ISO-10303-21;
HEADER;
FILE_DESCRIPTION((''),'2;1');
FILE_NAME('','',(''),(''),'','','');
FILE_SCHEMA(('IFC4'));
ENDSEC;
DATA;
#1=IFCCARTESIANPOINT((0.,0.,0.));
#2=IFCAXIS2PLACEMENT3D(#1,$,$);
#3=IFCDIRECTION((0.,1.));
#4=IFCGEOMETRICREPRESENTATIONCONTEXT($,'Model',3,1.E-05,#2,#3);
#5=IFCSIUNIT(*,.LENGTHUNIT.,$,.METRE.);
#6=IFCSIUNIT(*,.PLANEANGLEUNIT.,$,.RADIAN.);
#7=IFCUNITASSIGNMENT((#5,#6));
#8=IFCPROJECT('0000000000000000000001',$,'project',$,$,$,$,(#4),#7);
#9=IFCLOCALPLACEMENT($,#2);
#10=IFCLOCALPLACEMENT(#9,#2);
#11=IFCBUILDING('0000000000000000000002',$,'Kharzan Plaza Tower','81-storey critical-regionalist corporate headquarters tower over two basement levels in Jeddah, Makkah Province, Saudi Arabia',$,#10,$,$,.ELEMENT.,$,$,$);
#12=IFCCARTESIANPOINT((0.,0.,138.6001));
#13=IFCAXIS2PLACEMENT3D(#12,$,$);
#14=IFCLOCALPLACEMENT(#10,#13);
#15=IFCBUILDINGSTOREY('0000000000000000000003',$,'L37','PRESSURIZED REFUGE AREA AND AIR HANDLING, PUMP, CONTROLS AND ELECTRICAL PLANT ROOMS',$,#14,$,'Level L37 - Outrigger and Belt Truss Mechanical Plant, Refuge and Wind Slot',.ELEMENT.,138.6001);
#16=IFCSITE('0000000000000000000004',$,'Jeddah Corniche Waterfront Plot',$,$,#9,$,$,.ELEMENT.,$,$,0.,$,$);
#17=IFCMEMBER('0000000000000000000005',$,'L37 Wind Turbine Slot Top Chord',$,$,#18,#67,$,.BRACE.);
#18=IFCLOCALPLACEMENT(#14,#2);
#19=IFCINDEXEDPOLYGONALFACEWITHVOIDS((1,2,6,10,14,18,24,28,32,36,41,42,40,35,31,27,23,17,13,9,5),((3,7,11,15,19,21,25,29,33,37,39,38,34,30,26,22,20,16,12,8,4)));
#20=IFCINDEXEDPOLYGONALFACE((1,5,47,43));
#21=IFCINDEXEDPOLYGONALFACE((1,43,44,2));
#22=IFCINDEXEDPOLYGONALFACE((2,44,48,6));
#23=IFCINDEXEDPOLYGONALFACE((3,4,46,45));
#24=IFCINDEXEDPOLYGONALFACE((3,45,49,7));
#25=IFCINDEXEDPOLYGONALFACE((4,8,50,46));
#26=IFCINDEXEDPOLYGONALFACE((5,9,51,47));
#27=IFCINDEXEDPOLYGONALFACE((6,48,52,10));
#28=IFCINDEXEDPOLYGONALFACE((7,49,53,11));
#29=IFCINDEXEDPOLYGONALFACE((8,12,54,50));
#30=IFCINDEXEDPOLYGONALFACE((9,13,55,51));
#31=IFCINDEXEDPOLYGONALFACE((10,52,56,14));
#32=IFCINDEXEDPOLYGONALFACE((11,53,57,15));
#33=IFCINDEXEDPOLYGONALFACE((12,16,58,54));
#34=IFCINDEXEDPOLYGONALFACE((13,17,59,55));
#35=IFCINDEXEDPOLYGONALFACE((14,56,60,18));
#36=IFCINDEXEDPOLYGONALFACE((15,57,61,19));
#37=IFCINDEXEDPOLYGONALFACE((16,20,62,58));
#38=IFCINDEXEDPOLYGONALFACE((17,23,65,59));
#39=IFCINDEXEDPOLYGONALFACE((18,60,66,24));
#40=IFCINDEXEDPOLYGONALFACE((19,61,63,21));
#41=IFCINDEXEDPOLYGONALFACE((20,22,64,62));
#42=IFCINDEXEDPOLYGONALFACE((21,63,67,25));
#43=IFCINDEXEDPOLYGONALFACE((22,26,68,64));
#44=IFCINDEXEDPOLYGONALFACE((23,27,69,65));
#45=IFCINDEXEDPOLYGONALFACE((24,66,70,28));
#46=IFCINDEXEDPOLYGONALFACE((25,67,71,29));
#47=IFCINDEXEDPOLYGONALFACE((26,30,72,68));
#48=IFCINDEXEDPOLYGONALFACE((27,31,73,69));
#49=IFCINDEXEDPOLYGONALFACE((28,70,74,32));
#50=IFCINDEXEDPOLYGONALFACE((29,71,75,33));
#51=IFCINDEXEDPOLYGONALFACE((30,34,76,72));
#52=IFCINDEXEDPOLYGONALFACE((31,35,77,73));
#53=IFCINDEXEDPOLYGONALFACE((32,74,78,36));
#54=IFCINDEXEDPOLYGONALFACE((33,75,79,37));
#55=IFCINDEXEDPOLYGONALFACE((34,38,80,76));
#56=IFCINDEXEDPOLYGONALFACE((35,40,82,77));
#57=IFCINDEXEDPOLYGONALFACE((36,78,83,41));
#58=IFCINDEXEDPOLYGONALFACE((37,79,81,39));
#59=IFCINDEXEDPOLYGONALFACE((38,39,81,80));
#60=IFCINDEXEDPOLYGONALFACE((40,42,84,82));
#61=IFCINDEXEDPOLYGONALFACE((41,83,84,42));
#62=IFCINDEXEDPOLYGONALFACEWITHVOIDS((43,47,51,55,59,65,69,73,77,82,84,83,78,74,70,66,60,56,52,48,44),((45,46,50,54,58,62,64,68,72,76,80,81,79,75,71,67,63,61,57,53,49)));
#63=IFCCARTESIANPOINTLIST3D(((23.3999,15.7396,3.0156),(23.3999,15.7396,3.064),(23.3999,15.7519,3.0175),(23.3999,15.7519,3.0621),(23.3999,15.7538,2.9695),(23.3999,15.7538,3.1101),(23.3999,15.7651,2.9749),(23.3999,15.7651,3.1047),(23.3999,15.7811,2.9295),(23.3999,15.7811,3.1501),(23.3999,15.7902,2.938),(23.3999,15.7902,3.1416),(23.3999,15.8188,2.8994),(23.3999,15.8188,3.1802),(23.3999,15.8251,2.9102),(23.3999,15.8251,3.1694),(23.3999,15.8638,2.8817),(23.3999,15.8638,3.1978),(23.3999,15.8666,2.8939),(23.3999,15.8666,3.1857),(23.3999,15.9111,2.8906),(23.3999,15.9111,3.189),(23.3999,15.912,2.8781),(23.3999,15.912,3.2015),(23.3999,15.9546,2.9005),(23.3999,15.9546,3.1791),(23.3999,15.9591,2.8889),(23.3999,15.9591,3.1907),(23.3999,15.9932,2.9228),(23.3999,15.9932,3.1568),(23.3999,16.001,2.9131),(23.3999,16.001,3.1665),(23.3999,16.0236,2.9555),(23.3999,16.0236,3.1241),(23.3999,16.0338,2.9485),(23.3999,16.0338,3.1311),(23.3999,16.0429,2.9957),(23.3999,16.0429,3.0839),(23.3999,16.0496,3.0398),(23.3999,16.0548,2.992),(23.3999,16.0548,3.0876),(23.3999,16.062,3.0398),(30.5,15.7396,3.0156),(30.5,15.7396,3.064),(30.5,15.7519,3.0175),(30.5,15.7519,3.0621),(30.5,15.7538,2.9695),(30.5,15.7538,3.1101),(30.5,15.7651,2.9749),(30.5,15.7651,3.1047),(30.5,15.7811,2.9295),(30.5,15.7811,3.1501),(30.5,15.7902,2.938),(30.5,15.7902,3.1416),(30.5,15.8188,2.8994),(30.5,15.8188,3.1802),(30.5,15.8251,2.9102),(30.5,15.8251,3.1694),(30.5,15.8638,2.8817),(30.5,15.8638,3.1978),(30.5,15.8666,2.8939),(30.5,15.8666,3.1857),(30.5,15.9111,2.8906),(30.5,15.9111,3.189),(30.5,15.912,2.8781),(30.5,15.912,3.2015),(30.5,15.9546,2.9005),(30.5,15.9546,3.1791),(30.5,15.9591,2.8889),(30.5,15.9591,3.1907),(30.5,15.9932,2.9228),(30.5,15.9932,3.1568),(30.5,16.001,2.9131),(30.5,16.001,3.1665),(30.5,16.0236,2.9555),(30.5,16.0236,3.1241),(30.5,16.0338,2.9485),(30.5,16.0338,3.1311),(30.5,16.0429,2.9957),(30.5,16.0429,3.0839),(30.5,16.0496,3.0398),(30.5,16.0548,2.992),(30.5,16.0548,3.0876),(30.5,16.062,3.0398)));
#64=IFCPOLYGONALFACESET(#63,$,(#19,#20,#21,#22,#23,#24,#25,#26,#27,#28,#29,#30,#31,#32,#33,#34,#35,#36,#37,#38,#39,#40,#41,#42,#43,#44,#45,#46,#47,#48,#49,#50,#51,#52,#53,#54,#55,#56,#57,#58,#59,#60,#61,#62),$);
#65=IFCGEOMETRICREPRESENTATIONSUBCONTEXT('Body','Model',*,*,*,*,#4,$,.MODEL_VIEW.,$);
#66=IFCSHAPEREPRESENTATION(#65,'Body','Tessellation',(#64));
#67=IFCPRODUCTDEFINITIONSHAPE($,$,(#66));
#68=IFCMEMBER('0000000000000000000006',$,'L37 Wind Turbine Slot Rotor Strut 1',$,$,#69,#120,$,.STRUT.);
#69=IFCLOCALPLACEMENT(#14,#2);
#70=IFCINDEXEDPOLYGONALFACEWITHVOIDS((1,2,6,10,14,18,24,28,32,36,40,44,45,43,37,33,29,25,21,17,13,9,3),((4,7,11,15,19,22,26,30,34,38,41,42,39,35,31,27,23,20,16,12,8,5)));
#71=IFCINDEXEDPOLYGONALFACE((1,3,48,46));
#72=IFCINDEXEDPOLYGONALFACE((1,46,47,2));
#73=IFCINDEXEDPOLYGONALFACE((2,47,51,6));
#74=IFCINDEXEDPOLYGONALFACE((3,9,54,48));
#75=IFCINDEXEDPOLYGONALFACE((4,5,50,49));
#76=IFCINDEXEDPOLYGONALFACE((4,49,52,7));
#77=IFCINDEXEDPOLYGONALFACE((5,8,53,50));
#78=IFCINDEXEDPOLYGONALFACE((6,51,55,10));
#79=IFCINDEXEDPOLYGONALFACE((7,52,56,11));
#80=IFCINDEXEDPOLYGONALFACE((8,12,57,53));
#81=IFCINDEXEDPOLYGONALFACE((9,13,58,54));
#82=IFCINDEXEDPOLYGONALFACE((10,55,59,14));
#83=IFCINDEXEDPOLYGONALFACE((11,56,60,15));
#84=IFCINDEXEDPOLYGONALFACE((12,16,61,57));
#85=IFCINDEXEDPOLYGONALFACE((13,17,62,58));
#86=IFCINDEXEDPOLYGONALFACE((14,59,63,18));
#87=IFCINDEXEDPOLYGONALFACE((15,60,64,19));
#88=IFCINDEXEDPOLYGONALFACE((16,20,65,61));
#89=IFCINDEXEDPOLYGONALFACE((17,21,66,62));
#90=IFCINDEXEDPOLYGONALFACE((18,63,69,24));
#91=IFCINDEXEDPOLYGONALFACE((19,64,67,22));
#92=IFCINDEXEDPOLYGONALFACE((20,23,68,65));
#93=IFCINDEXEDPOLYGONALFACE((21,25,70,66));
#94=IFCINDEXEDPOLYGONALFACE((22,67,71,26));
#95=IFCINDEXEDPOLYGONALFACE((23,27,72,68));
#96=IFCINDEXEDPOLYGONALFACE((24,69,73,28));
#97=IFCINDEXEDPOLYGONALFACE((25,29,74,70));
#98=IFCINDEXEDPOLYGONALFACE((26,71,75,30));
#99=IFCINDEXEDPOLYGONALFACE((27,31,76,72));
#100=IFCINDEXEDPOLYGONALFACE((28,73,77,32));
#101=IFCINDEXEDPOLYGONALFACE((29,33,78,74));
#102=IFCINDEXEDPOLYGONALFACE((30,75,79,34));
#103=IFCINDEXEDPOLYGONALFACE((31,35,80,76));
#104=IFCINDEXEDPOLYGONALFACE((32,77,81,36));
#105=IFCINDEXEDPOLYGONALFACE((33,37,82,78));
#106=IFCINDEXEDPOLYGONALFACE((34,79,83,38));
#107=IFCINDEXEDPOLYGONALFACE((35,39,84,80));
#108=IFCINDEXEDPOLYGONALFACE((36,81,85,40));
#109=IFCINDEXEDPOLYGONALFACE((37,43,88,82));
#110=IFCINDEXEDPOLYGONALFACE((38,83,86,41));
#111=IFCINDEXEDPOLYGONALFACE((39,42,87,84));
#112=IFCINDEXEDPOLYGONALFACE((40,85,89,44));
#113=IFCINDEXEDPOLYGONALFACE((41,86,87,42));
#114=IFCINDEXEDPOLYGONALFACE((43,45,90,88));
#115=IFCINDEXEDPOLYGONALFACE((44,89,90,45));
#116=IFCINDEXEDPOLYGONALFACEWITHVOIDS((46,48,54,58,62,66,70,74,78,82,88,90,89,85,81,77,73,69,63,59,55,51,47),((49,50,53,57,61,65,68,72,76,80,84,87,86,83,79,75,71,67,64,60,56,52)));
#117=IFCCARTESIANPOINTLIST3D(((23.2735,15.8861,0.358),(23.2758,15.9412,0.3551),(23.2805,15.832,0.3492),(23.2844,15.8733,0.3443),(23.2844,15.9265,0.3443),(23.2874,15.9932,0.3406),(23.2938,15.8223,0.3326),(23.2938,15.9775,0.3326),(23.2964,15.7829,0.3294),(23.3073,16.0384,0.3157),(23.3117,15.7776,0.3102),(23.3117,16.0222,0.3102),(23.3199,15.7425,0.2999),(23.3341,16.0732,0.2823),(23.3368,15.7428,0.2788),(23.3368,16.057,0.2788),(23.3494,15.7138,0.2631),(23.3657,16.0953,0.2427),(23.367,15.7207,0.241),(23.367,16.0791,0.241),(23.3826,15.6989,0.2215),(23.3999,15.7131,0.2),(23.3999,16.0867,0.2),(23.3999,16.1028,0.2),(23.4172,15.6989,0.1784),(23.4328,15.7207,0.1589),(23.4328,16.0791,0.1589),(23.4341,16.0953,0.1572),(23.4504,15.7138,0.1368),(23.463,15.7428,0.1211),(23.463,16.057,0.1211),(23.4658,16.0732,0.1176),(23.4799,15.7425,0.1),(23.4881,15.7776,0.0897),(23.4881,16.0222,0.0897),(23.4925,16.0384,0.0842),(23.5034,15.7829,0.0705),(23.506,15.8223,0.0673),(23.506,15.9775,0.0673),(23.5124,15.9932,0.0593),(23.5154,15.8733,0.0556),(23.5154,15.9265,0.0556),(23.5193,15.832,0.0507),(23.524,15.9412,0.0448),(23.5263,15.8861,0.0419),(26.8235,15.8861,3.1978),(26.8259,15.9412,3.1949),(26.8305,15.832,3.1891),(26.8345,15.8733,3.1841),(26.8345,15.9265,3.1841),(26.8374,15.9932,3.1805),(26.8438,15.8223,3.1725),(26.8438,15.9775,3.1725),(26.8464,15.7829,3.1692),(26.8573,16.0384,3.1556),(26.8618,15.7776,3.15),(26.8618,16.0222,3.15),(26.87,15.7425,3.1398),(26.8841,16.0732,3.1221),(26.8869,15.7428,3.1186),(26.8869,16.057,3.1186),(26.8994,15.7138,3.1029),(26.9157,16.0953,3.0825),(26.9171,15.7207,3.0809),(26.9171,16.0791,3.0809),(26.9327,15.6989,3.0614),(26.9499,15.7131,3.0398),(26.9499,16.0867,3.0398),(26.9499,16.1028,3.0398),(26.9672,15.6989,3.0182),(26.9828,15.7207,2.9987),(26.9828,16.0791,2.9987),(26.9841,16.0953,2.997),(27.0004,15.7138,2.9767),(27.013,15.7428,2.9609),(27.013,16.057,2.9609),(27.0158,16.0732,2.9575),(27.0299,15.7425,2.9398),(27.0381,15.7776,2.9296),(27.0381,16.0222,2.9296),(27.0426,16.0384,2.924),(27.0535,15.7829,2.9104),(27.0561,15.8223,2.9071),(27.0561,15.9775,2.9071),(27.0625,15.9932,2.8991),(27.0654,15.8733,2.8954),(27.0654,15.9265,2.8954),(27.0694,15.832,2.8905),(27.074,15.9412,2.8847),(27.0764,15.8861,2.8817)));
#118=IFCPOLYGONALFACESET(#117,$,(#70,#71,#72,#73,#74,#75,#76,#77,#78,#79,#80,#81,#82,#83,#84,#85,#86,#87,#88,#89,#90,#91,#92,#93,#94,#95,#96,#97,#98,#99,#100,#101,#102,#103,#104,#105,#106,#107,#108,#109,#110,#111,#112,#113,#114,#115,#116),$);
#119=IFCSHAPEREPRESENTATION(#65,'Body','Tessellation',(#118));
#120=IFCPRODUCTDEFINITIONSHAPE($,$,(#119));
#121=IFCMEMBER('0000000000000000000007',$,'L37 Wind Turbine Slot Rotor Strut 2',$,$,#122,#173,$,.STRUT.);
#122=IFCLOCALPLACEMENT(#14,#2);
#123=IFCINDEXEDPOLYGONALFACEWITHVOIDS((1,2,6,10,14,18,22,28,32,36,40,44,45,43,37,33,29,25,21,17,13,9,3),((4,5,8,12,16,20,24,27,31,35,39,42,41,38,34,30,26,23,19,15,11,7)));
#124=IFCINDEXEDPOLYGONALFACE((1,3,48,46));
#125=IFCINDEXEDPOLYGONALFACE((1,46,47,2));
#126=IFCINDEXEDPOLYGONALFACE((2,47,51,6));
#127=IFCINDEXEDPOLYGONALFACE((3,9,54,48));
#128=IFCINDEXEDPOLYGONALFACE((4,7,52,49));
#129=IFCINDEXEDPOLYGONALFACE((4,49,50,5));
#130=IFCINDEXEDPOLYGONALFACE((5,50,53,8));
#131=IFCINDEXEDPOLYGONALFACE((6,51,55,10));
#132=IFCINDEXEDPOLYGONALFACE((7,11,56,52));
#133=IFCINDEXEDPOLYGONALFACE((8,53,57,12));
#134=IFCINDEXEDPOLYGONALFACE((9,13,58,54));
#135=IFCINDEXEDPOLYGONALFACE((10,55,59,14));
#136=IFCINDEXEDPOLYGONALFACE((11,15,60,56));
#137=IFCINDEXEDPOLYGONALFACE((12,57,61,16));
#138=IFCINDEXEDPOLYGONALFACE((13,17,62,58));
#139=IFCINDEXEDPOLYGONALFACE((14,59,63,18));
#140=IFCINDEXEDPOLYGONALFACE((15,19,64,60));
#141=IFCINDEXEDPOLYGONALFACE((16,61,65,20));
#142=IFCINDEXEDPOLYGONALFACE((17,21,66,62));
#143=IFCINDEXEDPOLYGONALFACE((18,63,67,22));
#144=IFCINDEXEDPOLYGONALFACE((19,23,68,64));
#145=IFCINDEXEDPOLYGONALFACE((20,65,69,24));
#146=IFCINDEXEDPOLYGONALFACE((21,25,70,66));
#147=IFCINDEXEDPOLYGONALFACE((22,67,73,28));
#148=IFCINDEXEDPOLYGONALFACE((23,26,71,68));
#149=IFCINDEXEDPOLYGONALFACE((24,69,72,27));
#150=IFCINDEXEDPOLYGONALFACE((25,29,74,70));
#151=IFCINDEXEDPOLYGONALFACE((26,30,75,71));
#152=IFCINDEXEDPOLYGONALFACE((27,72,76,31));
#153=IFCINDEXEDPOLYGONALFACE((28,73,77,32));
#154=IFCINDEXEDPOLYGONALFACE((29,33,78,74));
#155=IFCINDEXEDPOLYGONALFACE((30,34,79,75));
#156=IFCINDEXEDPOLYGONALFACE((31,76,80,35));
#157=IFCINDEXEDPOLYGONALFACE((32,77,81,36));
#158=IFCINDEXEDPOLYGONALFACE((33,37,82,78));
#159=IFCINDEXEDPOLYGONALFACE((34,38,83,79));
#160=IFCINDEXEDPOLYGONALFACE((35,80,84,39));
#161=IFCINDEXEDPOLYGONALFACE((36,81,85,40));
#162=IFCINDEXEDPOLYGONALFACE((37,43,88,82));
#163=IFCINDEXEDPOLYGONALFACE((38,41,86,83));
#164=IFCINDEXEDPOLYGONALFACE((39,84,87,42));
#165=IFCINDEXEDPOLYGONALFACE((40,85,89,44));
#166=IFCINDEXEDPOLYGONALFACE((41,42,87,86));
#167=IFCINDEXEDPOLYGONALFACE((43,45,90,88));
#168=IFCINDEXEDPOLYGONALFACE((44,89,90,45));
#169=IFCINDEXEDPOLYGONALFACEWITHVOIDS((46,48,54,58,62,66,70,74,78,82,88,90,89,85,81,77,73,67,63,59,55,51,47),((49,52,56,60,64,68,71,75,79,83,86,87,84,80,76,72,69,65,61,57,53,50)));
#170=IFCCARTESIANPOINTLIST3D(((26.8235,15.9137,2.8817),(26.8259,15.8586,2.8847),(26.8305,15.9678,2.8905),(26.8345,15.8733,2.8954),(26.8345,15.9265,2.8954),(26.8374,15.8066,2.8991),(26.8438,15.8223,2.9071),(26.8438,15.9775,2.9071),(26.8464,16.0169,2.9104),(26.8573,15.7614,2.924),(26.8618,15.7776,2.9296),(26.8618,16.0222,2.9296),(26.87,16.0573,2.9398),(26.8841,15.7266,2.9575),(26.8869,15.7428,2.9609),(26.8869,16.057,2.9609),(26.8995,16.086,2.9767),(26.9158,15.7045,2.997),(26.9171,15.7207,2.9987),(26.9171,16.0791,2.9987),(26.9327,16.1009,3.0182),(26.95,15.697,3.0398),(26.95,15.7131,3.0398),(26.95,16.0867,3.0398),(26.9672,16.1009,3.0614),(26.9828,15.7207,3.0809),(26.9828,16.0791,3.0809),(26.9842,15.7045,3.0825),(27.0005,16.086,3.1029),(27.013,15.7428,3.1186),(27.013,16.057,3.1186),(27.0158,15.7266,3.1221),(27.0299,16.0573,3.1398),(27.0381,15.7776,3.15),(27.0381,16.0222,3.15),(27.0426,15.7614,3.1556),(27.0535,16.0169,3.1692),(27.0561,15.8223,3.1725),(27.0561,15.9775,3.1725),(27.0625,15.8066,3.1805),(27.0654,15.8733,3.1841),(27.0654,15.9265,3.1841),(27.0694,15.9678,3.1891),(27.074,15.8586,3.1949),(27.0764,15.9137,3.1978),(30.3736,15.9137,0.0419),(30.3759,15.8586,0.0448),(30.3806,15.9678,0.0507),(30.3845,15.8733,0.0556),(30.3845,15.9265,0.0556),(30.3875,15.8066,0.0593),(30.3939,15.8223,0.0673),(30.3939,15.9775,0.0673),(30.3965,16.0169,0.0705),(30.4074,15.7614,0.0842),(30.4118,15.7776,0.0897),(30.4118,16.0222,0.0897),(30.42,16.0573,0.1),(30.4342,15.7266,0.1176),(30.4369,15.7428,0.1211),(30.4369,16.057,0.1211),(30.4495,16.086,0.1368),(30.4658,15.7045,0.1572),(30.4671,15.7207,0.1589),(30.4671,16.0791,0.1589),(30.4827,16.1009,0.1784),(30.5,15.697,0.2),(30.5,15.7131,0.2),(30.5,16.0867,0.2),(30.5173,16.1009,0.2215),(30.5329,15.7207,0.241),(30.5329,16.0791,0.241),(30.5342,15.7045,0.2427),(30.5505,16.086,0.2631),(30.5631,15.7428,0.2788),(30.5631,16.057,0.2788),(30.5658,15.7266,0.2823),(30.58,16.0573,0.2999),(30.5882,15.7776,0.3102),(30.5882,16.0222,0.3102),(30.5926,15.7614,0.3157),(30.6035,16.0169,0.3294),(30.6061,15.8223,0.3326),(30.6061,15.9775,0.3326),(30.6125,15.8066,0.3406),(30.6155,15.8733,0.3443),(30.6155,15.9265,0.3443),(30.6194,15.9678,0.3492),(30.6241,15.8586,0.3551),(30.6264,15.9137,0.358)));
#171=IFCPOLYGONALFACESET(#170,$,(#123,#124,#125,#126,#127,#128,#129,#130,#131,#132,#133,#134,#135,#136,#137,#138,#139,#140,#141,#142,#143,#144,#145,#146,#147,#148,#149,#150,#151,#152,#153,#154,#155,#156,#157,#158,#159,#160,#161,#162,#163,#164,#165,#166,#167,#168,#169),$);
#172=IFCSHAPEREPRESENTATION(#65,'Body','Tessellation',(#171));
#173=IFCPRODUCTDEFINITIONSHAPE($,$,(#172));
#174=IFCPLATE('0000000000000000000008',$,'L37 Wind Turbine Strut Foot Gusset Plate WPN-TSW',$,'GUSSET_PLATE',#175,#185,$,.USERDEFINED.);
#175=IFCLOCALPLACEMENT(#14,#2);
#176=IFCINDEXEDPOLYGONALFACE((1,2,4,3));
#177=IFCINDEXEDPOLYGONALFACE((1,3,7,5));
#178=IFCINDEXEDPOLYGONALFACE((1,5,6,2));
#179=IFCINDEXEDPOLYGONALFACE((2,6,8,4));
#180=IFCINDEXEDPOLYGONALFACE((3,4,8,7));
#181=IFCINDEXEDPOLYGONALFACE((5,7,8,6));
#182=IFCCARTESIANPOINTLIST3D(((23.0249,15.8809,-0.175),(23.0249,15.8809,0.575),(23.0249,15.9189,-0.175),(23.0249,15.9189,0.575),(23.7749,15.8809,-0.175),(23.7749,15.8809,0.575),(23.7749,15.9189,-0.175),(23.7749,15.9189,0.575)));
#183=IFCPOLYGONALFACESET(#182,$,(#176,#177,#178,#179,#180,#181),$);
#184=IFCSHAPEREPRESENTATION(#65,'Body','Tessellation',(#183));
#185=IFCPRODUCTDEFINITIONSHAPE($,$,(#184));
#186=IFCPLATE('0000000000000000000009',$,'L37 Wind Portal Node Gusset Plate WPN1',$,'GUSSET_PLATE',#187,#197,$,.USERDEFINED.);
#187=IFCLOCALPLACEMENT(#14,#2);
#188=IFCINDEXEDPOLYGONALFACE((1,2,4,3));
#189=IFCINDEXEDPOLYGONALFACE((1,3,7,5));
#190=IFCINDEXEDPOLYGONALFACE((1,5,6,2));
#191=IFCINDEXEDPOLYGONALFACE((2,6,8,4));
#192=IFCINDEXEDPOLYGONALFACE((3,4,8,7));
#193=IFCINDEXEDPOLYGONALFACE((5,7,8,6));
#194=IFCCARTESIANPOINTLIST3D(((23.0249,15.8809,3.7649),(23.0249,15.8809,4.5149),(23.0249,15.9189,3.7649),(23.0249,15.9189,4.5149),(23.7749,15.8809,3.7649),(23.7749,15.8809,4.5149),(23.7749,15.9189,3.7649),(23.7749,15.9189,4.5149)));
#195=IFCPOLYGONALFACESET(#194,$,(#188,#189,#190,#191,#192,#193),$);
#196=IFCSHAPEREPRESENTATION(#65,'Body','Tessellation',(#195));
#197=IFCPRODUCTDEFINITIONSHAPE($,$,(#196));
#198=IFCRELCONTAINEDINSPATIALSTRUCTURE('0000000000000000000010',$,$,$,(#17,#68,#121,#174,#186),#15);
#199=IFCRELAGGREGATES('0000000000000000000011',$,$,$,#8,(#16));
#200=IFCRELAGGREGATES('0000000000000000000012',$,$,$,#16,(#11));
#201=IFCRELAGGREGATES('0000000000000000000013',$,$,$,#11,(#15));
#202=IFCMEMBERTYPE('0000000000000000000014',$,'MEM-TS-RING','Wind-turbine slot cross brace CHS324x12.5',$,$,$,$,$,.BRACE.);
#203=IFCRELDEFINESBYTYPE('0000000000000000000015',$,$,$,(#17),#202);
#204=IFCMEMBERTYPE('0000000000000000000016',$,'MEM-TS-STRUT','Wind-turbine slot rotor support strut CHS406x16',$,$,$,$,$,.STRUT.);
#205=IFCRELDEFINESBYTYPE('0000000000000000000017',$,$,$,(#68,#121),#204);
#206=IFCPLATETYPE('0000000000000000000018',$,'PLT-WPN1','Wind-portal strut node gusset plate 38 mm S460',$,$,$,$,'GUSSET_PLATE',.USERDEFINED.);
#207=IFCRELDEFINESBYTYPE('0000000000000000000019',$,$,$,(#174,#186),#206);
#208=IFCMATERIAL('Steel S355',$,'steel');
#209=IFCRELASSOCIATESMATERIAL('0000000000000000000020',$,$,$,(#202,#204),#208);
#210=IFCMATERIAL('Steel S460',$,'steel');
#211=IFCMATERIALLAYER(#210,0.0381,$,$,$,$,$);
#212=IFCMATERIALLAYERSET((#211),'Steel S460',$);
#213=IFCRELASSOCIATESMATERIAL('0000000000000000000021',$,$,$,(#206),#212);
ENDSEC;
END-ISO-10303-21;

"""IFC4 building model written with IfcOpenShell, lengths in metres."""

from ifc_helpers import new_model, si_unit, direction, frame, origin, origin_2d, place, context, subcontext, project, spatial, rectangle, hollow_circle, extrude, source, transform, mapped, material, layer, layer_set, material_profile, profile_set, type_object, element, save


model = new_model("IFC4")

# Units and contexts
model_context = context("Model", 3, precision=1e-05, world=origin(), true_north=direction((0.0, 1.0)))
body_context = subcontext(model_context, "Body", "Model", "MODEL_VIEW")
ifc_project = project(units=[si_unit("LENGTHUNIT", "METRE"), si_unit("PLANEANGLEUNIT", "RADIAN")], contexts=[model_context])

# Site, building, storey
site_placement = place(None, origin())
site = spatial("IfcSite", under=ifc_project, at=site_placement, Name="Jeddah Corniche Waterfront Plot", CompositionType="ELEMENT", RefElevation=0.0)
building_placement = place(site_placement, origin())
building = spatial("IfcBuilding", under=site, at=building_placement, Name="Kharzan Plaza Tower", Description="81-storey critical-regionalist corporate headquarters tower over two basement levels in Jeddah, Makkah Province, Saudi Arabia", CompositionType="ELEMENT")
storey_placement = place(building_placement, frame((0.0, 0.0, 138.6001)))
storey = spatial("IfcBuildingStorey", under=building, at=storey_placement, Name="L37", Description="PRESSURIZED REFUGE AREA AND AIR HANDLING, PUMP, CONTROLS AND ELECTRICAL PLANT ROOMS", LongName="Level L37 - Outrigger and Belt Truss Mechanical Plant, Refuge and Wind Slot", CompositionType="ELEMENT", Elevation=138.6001)

# Shared definitions
ifc_material_1 = material(Name="Steel S355", Category="steel")

# Members
ifc_material_profile_1 = material_profile(ifc_material_1, hollow_circle(Radius=0.1621, WallThickness=0.0125, at=origin_2d()), Name="CHS324x12.5")
ifc_profile_set_1 = profile_set([ifc_material_profile_1], Name="Steel S355")
member_type_1 = type_object("IfcMemberType", Name="MEM-TS-RING", Description="Wind-turbine slot cross brace CHS324x12.5", PredefinedType="BRACE", material=ifc_profile_set_1)
shared_shape_1 = source(origin(), body_context, "Body", "SweptSolid", [
    extrude(hollow_circle(Radius=0.1621, WallThickness=0.0125, at=origin_2d()), origin(), (0.0, 0.0, 1.0), 7.1001),
])
for number, where, z_axis, x_axis, name in (
    (1, (23.3999, 15.8999, 3.0398), (1.0, 0.0, 0.0), (0.0, 1.0, 0.0), "L37 Wind Turbine Slot Top Chord"),
):
    element("IfcMember", number, at=place(storey_placement, frame(where, z_axis=z_axis, x_axis=x_axis)), inside=storey, type_object=member_type_1, Name=name, PredefinedType="BRACE", context=body_context, shape_type="MappedRepresentation", body=[
        mapped(shared_shape_1, transform((0.0, 0.0, 0.0), x_axis=(1.0, 0.0, 0.0), y_axis=(0.0, 1.0, 0.0), z_axis=(0.0, 0.0, 1.0))),
    ])
ifc_material_profile_2 = material_profile(ifc_material_1, hollow_circle(Radius=0.2029, WallThickness=0.0161, at=origin_2d()), Name="CHS406x16")
ifc_profile_set_2 = profile_set([ifc_material_profile_2], Name="Steel S355")
member_type_2 = type_object("IfcMemberType", Name="MEM-TS-STRUT", Description="Wind-turbine slot rotor support strut CHS406x16", PredefinedType="STRUT", material=ifc_profile_set_2)
shared_shape_2 = source(origin(), body_context, "Body", "SweptSolid", [
    extrude(hollow_circle(Radius=0.2029, WallThickness=0.0161, at=origin_2d()), origin(), (0.0, 0.0, 1.0), 4.5461),
])
for number, where, z_axis, x_axis, name in (
    (2, (23.3999, 15.8999, 0.2), (0.78089, 0.0, 0.624669), (0.0, 1.0, 0.0), "L37 Wind Turbine Slot Rotor Strut 1"),
    (3, (30.5, 15.8999, 0.2), (-0.78089, 0.0, 0.624669), (0.0, -1.0, 0.0), "L37 Wind Turbine Slot Rotor Strut 2"),
):
    element("IfcMember", number, at=place(storey_placement, frame(where, z_axis=z_axis, x_axis=x_axis)), inside=storey, type_object=member_type_2, Name=name, PredefinedType="STRUT", context=body_context, shape_type="MappedRepresentation", body=[
        mapped(shared_shape_2, transform((0.0, 0.0, 0.0), x_axis=(1.0, 0.0, 0.0), y_axis=(0.0, 1.0, 0.0), z_axis=(0.0, 0.0, 1.0))),
    ])

# Plates
ifc_material_2 = material(Name="Steel S460", Category="steel")
ifc_layer_1 = layer(ifc_material_2, 0.0381)
ifc_layer_set_1 = layer_set([ifc_layer_1], Name="Steel S460")
plate_type_1 = type_object("IfcPlateType", Name="PLT-WPN1", Description="Wind-portal strut node gusset plate 38 mm S460", ElementType="GUSSET_PLATE", PredefinedType="USERDEFINED", material=ifc_layer_set_1)
shared_shape_3 = source(origin(), body_context, "Body", "SweptSolid", [
    extrude(rectangle(XDim=0.75, YDim=0.0381, at=origin_2d()), origin(), (0.0, 0.0, 1.0), 0.75),
])
for number, where, z_axis, x_axis, name in (
    (4, (23.3999, 15.8999, -0.175), (0.0, 0.0, 1.0), (1.0, 0.0, 0.0), "L37 Wind Turbine Strut Foot Gusset Plate WPN-TSW"),
    (5, (23.3999, 15.8999, 3.7649), (0.0, 0.0, 1.0), (1.0, 0.0, 0.0), "L37 Wind Portal Node Gusset Plate WPN1"),
):
    element("IfcPlate", number, at=place(storey_placement, frame(where, z_axis=z_axis, x_axis=x_axis)), inside=storey, type_object=plate_type_1, Name=name, ObjectType="GUSSET_PLATE", PredefinedType="USERDEFINED", context=body_context, shape_type="MappedRepresentation", body=[
        mapped(shared_shape_3, transform((0.0, 0.0, 0.0), x_axis=(1.0, 0.0, 0.0), y_axis=(0.0, 1.0, 0.0), z_axis=(0.0, 0.0, 1.0))),
    ])

save(model, "model.ifc")
